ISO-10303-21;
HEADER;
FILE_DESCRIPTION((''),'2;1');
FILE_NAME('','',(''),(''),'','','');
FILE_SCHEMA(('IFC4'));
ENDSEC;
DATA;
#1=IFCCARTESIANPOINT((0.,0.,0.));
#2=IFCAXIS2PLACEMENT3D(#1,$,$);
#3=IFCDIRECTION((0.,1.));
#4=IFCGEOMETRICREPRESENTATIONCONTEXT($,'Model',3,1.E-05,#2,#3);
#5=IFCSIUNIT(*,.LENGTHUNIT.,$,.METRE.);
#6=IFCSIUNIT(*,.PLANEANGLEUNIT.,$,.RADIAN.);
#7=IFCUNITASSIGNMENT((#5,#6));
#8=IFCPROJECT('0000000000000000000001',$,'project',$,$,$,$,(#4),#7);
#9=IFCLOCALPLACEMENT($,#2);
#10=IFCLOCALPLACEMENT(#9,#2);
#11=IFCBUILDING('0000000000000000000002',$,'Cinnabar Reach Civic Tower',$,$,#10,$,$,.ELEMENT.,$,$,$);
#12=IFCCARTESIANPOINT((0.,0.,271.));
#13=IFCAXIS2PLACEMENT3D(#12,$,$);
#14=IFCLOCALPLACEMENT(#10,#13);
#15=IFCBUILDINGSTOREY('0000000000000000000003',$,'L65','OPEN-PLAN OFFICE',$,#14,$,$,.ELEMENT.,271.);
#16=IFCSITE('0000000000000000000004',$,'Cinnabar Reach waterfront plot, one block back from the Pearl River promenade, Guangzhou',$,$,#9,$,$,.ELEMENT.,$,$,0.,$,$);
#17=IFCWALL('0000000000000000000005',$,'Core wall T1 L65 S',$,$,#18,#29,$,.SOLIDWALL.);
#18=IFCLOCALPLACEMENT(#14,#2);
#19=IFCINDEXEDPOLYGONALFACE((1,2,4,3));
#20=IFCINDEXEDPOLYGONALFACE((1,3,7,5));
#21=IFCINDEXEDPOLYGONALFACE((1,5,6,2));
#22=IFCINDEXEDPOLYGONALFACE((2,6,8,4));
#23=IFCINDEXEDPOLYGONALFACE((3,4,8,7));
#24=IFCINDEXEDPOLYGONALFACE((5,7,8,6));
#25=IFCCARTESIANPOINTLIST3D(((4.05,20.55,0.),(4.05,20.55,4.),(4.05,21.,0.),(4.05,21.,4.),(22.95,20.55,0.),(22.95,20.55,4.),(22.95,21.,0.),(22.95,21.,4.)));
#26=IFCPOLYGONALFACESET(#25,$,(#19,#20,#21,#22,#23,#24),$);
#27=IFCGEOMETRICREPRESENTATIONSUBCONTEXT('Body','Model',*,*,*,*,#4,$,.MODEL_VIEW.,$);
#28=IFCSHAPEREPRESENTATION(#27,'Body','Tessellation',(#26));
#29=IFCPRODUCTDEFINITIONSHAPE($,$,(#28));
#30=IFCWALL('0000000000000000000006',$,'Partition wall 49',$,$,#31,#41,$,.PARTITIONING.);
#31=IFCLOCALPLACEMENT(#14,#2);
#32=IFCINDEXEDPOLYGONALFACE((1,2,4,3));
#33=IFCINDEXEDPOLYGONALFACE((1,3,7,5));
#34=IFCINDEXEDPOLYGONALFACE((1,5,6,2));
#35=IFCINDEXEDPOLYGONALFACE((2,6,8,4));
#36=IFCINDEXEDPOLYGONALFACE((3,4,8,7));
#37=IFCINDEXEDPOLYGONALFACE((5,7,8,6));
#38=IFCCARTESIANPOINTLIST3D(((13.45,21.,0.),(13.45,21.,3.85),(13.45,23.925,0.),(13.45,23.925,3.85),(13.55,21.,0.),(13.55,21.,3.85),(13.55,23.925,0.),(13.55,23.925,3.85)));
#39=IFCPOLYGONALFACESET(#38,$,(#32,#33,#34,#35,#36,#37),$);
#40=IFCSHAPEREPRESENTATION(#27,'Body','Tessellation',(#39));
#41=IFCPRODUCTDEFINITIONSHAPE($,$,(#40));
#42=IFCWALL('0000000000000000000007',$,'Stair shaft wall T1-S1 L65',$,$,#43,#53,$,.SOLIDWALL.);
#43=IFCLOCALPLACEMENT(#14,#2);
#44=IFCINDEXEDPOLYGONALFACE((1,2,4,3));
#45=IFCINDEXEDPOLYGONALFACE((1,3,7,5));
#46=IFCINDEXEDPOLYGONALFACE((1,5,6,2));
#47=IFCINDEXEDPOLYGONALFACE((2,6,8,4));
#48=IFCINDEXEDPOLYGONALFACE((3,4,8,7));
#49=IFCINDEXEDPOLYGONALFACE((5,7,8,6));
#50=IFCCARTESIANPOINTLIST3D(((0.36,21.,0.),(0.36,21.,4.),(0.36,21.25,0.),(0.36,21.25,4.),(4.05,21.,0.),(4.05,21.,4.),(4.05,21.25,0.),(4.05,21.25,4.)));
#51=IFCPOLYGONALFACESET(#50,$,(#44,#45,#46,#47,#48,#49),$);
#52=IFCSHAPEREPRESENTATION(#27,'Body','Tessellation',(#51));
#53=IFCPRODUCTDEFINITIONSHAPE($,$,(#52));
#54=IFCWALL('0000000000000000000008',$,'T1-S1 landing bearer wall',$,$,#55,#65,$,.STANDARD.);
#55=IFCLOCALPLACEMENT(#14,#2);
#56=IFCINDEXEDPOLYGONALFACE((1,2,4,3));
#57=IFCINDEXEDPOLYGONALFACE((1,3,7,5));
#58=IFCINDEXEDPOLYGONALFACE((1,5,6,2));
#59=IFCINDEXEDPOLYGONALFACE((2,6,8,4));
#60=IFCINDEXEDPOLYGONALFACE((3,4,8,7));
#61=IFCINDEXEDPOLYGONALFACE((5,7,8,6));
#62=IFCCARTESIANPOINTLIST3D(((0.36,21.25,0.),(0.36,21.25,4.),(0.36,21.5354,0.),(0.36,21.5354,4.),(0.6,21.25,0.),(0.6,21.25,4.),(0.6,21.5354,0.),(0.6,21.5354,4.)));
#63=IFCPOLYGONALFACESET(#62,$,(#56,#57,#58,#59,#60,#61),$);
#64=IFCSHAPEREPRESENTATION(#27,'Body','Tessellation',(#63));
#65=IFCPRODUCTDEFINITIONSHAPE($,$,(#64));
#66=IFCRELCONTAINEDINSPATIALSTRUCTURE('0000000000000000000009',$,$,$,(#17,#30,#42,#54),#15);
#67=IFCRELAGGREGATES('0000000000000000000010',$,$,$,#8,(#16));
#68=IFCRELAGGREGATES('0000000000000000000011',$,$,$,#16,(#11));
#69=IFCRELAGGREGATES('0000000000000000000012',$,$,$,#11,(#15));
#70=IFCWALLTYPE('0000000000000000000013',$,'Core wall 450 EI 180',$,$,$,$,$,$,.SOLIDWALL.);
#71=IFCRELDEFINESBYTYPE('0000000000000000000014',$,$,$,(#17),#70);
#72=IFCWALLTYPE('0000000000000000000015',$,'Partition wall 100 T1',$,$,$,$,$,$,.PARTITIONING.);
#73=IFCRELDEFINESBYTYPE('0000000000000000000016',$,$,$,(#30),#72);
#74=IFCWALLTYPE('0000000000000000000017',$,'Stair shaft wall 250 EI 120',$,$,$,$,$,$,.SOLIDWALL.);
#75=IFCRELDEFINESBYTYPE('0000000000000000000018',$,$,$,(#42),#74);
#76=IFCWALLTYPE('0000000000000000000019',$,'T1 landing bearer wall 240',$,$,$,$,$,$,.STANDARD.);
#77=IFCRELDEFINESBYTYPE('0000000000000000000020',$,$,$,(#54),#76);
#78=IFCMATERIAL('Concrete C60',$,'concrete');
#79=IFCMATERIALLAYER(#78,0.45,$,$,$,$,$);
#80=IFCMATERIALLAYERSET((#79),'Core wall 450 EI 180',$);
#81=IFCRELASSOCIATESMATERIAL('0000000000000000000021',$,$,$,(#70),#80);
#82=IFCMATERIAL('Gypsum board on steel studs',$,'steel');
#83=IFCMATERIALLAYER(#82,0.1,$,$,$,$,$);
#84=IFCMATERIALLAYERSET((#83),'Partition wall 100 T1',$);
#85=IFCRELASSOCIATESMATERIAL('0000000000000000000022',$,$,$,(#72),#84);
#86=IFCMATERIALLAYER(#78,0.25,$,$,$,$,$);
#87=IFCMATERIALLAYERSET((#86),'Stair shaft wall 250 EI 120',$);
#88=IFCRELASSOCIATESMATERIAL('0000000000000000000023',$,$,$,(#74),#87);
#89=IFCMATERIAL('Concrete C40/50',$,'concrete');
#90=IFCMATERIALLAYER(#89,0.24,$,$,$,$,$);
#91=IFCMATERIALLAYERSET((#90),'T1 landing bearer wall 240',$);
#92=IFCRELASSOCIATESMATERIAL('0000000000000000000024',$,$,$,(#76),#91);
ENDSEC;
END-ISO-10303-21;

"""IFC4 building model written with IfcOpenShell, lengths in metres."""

from ifc_helpers import new_model, si_unit, direction, frame, frame_2d, origin, place, context, subcontext, project, spatial, rectangle, extrude, material, layer, layer_set, type_object, element, save


model = new_model("IFC4")

# Units and contexts
model_context = context("Model", 3, precision=1e-05, world=origin(), true_north=direction((0.0, 1.0)))
body_context = subcontext(model_context, "Body", "Model", "MODEL_VIEW")
ifc_project = project(units=[si_unit("LENGTHUNIT", "METRE"), si_unit("PLANEANGLEUNIT", "RADIAN")], contexts=[model_context])

# Site, building, storey
site_placement = place(None, origin())
site = spatial("IfcSite", under=ifc_project, at=site_placement, Name="Cinnabar Reach waterfront plot, one block back from the Pearl River promenade, Guangzhou", CompositionType="ELEMENT", RefElevation=0.0)
building_placement = place(site_placement, origin())
building = spatial("IfcBuilding", under=site, at=building_placement, Name="Cinnabar Reach Civic Tower", CompositionType="ELEMENT")
storey_placement = place(building_placement, frame((0.0, 0.0, 271.0)))
storey = spatial("IfcBuildingStorey", under=building, at=storey_placement, Name="L65", Description="OPEN-PLAN OFFICE", CompositionType="ELEMENT", Elevation=271.0)

# Shared definitions
ifc_material_1 = material(Name="Concrete C60", Category="concrete")

# Shared definitions
ifc_material_2 = material(Name="Concrete C40/50", Category="concrete")

# Walls
ifc_layer_1 = layer(ifc_material_1, 0.45)
ifc_layer_set_1 = layer_set([ifc_layer_1], Name="Core wall 450 EI 180")
wall_type_1 = type_object("IfcWallType", Name="Core wall 450 EI 180", PredefinedType="SOLIDWALL", material=ifc_layer_set_1)
wall_1_placement = place(storey_placement, frame((4.05, 20.775, 0.0), z_axis=(0.0, 0.0, 1.0), x_axis=(1.0, 0.0, 0.0)))
element("IfcWall", 1, at=wall_1_placement, inside=storey, type_object=wall_type_1, Name="Core wall T1 L65 S", PredefinedType="SOLIDWALL", context=body_context, shape_type="SweptSolid", body=[
    extrude(rectangle(XDim=18.9, YDim=0.45, at=frame_2d((9.45, 0.0))), origin(), (0.0, 0.0, 1.0), 4.0),
])
ifc_material_3 = material(Name="Gypsum board on steel studs", Category="steel")
ifc_layer_2 = layer(ifc_material_3, 0.1)
ifc_layer_set_2 = layer_set([ifc_layer_2], Name="Partition wall 100 T1")
wall_type_2 = type_object("IfcWallType", Name="Partition wall 100 T1", PredefinedType="PARTITIONING", material=ifc_layer_set_2)
wall_2_placement = place(storey_placement, frame((13.5, 21.0, 0.0), z_axis=(0.0, 0.0, 1.0), x_axis=(0.0, 1.0, 0.0)))
element("IfcWall", 2, at=wall_2_placement, inside=storey, type_object=wall_type_2, Name="Partition wall 49", PredefinedType="PARTITIONING", context=body_context, shape_type="SweptSolid", body=[
    extrude(rectangle(XDim=2.925, YDim=0.1, at=frame_2d((1.4625, 0.0))), origin(), (0.0, 0.0, 1.0), 3.85),
])
ifc_layer_3 = layer(ifc_material_1, 0.25)
ifc_layer_set_3 = layer_set([ifc_layer_3], Name="Stair shaft wall 250 EI 120")
wall_type_3 = type_object("IfcWallType", Name="Stair shaft wall 250 EI 120", PredefinedType="SOLIDWALL", material=ifc_layer_set_3)
wall_3_placement = place(storey_placement, frame((0.36, 21.125, 0.0), z_axis=(0.0, 0.0, 1.0), x_axis=(1.0, 0.0, 0.0)))
element("IfcWall", 3, at=wall_3_placement, inside=storey, type_object=wall_type_3, Name="Stair shaft wall T1-S1 L65", PredefinedType="SOLIDWALL", context=body_context, shape_type="SweptSolid", body=[
    extrude(rectangle(XDim=3.69, YDim=0.25, at=frame_2d((1.845, 0.0))), origin(), (0.0, 0.0, 1.0), 4.0),
])
ifc_layer_4 = layer(ifc_material_2, 0.24)
ifc_layer_set_4 = layer_set([ifc_layer_4], Name="T1 landing bearer wall 240")
wall_type_4 = type_object("IfcWallType", Name="T1 landing bearer wall 240", PredefinedType="STANDARD", material=ifc_layer_set_4)
wall_4_placement = place(storey_placement, frame((0.48, 21.25, 0.0), z_axis=(0.0, 0.0, 1.0), x_axis=(0.0, 1.0, 0.0)))
element("IfcWall", 4, at=wall_4_placement, inside=storey, type_object=wall_type_4, Name="T1-S1 landing bearer wall", PredefinedType="STANDARD", context=body_context, shape_type="SweptSolid", body=[
    extrude(rectangle(XDim=0.2854, YDim=0.24, at=frame_2d((0.1427, 0.0))), origin(), (0.0, 0.0, 1.0), 4.0),
])

save(model, "model.ifc")
